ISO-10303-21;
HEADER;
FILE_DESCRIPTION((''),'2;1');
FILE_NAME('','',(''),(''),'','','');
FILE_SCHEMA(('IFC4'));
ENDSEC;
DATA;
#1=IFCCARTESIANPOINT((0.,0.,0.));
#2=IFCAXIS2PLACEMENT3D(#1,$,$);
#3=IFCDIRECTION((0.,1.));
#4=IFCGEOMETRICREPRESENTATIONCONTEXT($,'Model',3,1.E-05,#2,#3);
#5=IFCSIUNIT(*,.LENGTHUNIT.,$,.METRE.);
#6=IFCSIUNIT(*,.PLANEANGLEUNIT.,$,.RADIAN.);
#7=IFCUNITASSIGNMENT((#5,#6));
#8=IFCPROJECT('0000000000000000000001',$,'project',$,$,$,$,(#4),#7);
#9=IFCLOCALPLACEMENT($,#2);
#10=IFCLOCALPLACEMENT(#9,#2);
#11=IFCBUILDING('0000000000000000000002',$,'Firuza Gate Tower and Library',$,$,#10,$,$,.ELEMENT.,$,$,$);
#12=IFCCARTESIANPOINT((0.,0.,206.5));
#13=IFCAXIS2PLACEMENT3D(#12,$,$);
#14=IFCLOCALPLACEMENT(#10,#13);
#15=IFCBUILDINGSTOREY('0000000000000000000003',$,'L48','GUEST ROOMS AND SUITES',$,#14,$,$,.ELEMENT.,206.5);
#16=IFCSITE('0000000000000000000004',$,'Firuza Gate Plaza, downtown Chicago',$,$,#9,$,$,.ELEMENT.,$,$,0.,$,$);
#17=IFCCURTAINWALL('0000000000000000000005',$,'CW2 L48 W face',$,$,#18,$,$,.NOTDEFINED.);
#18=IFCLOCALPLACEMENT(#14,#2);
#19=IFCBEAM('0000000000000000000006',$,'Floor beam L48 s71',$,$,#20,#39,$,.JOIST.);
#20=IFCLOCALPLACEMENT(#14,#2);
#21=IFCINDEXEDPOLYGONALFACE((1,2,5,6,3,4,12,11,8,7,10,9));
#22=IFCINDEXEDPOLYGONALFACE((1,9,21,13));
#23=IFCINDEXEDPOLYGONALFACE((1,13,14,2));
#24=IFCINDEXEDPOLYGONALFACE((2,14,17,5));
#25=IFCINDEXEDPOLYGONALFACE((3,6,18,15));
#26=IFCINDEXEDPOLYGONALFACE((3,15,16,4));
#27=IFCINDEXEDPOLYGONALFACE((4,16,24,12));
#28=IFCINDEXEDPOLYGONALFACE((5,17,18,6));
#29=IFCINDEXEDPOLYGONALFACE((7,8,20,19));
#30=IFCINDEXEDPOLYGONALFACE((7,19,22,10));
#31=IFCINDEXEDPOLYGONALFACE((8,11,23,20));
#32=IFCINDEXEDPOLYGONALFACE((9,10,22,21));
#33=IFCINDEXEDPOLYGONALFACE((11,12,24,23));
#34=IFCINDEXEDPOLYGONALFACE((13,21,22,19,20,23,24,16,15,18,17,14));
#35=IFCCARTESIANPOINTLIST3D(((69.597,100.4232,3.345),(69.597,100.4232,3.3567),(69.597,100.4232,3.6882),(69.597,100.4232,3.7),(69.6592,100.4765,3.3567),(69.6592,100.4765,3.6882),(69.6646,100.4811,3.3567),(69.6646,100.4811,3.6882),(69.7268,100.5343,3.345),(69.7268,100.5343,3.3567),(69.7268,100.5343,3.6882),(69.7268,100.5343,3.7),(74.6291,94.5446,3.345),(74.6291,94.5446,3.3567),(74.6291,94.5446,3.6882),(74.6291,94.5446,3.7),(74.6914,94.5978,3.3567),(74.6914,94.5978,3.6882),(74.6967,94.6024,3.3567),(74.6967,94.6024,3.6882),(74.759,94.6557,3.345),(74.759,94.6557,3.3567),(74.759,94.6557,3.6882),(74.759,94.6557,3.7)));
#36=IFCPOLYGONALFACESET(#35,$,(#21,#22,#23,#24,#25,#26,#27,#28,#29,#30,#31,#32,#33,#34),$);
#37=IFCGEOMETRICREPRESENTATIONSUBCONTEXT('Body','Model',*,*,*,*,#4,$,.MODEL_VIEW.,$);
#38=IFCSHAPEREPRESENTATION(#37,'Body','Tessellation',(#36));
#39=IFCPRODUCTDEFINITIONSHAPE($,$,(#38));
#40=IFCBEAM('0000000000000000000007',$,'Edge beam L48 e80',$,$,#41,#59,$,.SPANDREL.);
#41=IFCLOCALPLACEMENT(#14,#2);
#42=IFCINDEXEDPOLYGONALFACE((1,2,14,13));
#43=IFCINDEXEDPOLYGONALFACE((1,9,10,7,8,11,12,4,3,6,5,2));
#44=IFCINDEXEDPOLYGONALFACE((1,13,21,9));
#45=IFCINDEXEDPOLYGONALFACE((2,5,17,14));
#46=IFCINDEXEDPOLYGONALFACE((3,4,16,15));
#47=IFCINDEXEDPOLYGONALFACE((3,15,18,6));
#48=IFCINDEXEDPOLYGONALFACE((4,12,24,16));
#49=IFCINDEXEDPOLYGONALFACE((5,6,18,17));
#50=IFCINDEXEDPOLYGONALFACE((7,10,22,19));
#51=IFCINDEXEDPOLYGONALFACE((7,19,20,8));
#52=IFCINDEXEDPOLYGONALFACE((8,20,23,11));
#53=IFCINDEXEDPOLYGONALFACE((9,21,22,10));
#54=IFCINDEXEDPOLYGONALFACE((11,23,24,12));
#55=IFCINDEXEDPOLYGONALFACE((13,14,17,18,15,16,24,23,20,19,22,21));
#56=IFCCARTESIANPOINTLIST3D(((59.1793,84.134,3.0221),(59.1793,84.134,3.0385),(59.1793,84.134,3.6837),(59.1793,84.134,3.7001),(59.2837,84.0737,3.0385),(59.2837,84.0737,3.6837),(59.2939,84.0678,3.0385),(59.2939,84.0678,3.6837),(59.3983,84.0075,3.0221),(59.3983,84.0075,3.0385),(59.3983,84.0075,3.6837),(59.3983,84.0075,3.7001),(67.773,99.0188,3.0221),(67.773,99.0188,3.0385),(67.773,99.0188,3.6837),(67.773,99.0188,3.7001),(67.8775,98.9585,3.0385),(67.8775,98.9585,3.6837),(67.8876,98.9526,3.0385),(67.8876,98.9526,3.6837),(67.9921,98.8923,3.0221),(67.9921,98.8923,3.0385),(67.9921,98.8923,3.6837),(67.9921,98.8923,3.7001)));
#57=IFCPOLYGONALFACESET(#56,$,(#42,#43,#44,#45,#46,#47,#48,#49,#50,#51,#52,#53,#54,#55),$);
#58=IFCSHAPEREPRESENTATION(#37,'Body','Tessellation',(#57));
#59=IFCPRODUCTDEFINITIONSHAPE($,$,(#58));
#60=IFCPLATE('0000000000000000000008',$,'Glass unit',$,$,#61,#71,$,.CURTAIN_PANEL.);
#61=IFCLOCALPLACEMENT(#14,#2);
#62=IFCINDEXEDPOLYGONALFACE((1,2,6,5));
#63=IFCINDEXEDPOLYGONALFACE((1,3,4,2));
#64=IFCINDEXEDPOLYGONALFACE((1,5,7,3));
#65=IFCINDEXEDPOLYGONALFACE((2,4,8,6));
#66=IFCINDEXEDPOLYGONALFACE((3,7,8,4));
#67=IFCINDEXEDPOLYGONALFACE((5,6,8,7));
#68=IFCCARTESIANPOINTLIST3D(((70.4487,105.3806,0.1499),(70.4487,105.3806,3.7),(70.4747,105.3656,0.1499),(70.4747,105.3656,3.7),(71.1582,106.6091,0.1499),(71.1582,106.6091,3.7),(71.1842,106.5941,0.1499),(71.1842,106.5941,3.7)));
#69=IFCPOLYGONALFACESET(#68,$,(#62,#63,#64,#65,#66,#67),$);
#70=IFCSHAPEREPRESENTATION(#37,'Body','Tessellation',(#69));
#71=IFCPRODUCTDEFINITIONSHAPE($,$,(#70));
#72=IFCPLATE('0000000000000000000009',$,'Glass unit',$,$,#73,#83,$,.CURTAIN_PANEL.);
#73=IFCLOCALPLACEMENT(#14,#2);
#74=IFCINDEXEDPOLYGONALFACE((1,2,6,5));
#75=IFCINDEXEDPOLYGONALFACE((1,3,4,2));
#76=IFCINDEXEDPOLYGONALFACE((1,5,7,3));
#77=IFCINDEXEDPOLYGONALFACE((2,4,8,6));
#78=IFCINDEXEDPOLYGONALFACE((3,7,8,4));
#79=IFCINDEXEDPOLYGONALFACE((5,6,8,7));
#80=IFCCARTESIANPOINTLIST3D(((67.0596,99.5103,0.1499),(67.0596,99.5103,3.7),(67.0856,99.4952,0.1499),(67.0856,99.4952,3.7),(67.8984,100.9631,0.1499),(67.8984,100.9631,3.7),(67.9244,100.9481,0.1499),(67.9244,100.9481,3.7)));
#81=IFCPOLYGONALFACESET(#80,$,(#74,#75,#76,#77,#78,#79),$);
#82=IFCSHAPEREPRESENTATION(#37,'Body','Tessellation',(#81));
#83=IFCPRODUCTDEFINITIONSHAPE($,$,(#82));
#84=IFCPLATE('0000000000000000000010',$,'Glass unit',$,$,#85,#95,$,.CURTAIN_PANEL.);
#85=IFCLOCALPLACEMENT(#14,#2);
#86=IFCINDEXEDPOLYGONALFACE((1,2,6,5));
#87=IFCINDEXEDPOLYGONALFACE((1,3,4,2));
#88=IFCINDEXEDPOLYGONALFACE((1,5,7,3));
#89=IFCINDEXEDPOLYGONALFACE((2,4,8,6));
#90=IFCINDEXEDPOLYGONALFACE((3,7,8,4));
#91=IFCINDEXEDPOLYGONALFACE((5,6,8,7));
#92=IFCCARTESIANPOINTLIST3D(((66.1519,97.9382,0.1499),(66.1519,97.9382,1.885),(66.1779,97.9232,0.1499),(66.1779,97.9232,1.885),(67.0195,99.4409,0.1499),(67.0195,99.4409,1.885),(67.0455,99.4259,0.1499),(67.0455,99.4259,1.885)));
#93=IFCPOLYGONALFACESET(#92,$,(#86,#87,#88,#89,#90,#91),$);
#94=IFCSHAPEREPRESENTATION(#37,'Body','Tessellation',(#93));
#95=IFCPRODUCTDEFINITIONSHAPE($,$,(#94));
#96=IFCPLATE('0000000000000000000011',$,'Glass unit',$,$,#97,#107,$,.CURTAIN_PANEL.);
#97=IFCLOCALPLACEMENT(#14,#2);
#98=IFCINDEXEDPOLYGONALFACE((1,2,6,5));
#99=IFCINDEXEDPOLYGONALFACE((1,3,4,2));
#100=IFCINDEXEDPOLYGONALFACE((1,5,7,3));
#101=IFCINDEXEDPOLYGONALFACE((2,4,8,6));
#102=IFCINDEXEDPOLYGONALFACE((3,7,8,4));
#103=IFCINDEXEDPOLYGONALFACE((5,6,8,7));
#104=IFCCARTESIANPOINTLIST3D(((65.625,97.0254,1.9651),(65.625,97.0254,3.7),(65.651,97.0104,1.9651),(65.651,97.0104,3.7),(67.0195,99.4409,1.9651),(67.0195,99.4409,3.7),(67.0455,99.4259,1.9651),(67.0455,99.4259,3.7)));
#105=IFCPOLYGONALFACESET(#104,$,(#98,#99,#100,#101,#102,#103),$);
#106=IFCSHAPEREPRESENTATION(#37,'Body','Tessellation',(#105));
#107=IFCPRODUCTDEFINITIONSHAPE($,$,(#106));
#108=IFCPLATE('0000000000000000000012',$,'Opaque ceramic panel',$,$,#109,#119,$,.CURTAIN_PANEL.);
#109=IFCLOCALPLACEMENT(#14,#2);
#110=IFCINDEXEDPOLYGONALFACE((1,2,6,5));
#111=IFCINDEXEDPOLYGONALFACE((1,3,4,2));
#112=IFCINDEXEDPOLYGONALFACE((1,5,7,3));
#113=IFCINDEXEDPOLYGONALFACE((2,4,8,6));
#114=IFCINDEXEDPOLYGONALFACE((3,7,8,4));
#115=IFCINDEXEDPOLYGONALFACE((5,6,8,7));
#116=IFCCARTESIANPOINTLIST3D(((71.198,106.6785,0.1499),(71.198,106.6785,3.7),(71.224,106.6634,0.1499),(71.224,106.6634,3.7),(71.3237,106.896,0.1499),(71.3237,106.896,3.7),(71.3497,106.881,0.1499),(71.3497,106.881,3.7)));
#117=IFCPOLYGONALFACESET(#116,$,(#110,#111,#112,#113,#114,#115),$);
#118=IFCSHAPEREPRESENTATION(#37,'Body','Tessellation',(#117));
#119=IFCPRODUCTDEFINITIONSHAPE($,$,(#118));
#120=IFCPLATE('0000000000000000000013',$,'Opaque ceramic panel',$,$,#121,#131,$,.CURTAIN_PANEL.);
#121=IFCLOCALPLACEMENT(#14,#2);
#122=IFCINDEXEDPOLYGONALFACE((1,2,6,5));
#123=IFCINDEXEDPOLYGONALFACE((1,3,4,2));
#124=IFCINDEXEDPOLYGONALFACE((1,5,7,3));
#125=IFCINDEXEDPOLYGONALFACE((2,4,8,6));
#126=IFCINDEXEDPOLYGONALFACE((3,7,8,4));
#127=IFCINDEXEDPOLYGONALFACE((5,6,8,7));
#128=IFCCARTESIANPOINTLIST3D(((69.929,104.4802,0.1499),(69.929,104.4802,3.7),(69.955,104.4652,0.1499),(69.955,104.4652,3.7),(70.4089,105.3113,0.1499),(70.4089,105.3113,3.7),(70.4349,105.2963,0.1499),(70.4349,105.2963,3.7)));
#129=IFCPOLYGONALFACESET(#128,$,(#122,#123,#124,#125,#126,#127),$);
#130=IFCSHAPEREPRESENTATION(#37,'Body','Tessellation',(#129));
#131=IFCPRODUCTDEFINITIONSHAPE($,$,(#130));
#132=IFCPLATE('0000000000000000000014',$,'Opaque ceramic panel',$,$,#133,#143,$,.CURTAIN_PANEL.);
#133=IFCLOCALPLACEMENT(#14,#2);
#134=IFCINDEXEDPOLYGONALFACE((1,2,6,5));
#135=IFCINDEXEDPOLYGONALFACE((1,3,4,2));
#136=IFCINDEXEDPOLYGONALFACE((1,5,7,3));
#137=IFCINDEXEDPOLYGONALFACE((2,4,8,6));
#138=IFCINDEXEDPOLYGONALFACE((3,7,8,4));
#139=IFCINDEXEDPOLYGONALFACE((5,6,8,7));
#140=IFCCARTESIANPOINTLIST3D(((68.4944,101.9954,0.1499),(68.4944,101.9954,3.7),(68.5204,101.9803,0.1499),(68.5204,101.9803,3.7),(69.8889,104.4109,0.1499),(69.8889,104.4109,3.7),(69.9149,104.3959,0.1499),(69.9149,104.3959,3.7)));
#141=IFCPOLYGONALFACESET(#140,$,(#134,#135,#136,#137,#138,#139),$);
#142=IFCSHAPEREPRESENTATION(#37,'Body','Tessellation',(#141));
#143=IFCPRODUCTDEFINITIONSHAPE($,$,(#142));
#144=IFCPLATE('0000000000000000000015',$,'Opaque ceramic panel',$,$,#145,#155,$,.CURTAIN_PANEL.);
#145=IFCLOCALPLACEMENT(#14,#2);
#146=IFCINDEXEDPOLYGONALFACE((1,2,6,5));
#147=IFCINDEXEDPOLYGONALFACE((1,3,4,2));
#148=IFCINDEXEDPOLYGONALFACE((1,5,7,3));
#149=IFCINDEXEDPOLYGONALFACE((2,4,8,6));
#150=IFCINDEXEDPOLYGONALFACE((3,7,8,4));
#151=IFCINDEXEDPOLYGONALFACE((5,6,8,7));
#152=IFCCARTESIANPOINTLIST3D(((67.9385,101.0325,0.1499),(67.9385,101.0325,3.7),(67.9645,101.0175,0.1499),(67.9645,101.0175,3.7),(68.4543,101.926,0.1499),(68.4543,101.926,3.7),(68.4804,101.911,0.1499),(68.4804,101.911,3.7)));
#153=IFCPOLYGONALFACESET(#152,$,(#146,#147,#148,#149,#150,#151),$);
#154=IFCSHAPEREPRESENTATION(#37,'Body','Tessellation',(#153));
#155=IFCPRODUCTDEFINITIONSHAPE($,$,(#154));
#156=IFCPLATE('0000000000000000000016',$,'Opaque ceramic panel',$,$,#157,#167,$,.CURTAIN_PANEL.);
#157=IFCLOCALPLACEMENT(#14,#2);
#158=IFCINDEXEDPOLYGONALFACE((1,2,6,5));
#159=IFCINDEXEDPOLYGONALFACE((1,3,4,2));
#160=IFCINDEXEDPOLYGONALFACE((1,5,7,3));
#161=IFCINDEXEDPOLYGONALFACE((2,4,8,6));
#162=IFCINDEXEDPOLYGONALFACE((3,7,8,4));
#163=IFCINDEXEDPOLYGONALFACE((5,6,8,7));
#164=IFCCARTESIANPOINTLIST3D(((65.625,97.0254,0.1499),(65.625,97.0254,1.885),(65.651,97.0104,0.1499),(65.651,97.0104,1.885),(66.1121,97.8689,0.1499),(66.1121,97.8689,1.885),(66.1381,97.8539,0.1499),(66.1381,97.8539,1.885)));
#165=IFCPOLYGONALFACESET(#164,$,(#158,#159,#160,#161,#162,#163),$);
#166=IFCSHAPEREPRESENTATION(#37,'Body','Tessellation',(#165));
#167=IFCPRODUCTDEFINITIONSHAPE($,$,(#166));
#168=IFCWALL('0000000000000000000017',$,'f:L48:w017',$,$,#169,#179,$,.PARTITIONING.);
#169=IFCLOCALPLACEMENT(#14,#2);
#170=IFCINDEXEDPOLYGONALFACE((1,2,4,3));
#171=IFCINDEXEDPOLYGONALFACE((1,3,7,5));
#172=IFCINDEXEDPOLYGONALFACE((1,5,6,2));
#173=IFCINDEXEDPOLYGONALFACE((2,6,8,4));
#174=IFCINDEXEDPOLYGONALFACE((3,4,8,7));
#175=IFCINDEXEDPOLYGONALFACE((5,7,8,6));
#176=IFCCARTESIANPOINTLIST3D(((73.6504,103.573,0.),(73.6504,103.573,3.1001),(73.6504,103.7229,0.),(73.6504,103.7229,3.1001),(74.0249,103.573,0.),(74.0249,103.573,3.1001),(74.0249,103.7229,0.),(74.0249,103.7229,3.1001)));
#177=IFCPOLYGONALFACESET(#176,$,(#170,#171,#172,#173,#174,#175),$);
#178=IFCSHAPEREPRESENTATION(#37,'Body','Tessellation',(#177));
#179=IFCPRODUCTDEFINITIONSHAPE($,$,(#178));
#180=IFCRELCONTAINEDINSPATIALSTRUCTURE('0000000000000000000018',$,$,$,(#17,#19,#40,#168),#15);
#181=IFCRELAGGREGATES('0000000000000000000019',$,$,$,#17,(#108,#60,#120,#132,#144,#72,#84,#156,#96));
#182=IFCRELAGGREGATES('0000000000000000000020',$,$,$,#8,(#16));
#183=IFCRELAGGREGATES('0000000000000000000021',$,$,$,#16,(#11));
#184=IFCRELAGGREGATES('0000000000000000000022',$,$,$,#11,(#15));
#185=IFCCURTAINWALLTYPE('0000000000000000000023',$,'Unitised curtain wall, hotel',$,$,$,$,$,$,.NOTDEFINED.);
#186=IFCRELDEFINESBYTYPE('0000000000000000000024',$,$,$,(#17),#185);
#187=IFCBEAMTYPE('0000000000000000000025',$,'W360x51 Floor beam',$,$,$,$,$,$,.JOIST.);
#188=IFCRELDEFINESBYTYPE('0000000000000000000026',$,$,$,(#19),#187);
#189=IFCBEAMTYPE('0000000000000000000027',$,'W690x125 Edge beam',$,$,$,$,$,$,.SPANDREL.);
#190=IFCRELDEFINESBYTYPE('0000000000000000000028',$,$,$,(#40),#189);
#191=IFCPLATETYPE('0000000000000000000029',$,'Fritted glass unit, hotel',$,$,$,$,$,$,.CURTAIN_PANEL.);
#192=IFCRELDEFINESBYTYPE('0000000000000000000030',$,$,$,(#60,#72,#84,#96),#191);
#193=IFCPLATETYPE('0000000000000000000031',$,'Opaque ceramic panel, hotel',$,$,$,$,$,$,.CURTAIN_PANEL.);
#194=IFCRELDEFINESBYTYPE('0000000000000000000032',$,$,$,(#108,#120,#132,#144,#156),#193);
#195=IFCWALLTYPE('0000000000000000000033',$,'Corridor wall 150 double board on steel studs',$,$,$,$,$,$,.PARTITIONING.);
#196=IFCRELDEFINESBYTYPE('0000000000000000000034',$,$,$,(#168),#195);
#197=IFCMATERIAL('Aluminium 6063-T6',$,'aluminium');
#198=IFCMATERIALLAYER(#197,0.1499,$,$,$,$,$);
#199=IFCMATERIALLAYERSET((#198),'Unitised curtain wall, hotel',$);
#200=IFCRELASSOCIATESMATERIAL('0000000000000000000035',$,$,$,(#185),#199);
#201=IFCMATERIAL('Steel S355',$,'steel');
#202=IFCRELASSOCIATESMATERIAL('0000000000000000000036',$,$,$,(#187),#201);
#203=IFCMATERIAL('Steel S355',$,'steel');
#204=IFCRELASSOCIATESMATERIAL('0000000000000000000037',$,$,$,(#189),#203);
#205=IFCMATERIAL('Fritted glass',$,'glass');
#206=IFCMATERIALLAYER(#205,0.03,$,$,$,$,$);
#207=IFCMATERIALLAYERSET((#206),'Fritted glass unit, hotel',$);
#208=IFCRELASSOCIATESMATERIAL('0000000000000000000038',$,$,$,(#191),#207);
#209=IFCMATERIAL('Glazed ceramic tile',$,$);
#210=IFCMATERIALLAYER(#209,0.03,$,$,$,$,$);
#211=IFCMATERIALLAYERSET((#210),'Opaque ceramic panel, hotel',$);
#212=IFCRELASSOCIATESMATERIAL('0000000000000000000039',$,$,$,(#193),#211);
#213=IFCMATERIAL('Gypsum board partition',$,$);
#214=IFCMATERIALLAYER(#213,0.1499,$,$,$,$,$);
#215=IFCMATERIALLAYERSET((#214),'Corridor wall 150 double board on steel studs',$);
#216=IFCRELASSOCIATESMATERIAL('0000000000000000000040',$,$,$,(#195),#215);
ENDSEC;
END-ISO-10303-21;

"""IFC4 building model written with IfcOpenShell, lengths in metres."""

from ifc_helpers import new_model, si_unit, direction, frame, frame_2d, origin, origin_2d, place, context, subcontext, project, spatial, polyline, rectangle, i_section, outline, extrude, material, layer, layer_set, material_profile, profile_set, type_object, element, aggregate, save


model = new_model("IFC4")

# Units and contexts
model_context = context("Model", 3, precision=1e-05, world=origin(), true_north=direction((0.0, 1.0)))
body_context = subcontext(model_context, "Body", "Model", "MODEL_VIEW")
ifc_project = project(units=[si_unit("LENGTHUNIT", "METRE"), si_unit("PLANEANGLEUNIT", "RADIAN")], contexts=[model_context])

# Site, building, storey
site_placement = place(None, origin())
site = spatial("IfcSite", under=ifc_project, at=site_placement, Name="Firuza Gate Plaza, downtown Chicago", CompositionType="ELEMENT", RefElevation=0.0)
building_placement = place(site_placement, origin())
building = spatial("IfcBuilding", under=site, at=building_placement, Name="Firuza Gate Tower and Library", CompositionType="ELEMENT")
storey_placement = place(building_placement, frame((0.0, 0.0, 206.5)))
storey = spatial("IfcBuildingStorey", under=building, at=storey_placement, Name="L48", Description="GUEST ROOMS AND SUITES", CompositionType="ELEMENT", Elevation=206.5)

# Curtain wall
ifc_material_1 = material(Name="Aluminium 6063-T6", Category="aluminium")
ifc_layer_1 = layer(ifc_material_1, 0.1499)
ifc_layer_set_1 = layer_set([ifc_layer_1], Name="Unitised curtain wall, hotel")
curtain_wall_type = type_object("IfcCurtainWallType", Name="Unitised curtain wall, hotel", PredefinedType="NOTDEFINED", material=ifc_layer_set_1)
curtain_wall_placement = place(storey_placement, origin())
curtain_wall = element("IfcCurtainWall", 1, at=curtain_wall_placement, inside=storey, type_object=curtain_wall_type, Name="CW2 L48 W face", PredefinedType="NOTDEFINED")

# Beams
ifc_material_2 = material(Name="Steel S355", Category="steel")
ifc_material_profile_1 = material_profile(ifc_material_2, i_section(OverallWidth=0.1709, OverallDepth=0.355, WebThickness=0.0071, FlangeThickness=0.0117, at=origin_2d()))
ifc_profile_set_1 = profile_set([ifc_material_profile_1], Name="Steel S355")
beam_type_1 = type_object("IfcBeamType", Name="W360x51 Floor beam", PredefinedType="JOIST", material=ifc_profile_set_1)
beam_1_placement = place(storey_placement, frame((69.6619, 100.4788, 3.5225), z_axis=(0.650298, -0.75968, 0.0), x_axis=(0.75968, 0.650298, 0.0)))
element("IfcBeam", 2, at=beam_1_placement, inside=storey, type_object=beam_type_1, Name="Floor beam L48 s71", PredefinedType="JOIST", context=body_context, shape_type="SweptSolid", body=[
    extrude(i_section(OverallWidth=0.1709, OverallDepth=0.355, WebThickness=0.0071, FlangeThickness=0.0117, at=origin_2d()), origin(), (0.0, 0.0, 1.0), 7.7383),
])
ifc_material_3 = material(Name="Steel S355", Category="steel")
ifc_material_profile_2 = material_profile(ifc_material_3, i_section(OverallWidth=0.2529, OverallDepth=0.678, WebThickness=0.0117, FlangeThickness=0.0164, at=origin_2d()))
ifc_profile_set_2 = profile_set([ifc_material_profile_2], Name="Steel S355")
beam_type_2 = type_object("IfcBeamType", Name="W690x125 Edge beam", PredefinedType="SPANDREL", material=ifc_profile_set_2)
beam_2_placement = place(storey_placement, frame((67.8826, 98.9556, 3.3611), z_axis=(-0.500001, -0.866025, 0.0), x_axis=(0.866025, -0.500001, 0.0)))
element("IfcBeam", 3, at=beam_2_placement, inside=storey, type_object=beam_type_2, Name="Edge beam L48 e80", PredefinedType="SPANDREL", context=body_context, shape_type="SweptSolid", body=[
    extrude(i_section(OverallWidth=0.2529, OverallDepth=0.678, WebThickness=0.0117, FlangeThickness=0.0164, at=origin_2d()), origin(), (0.0, 0.0, 1.0), 17.1875),
])

# Plates
ifc_material_4 = material(Name="Fritted glass", Category="glass")
ifc_layer_2 = layer(ifc_material_4, 0.03)
ifc_layer_set_2 = layer_set([ifc_layer_2], Name="Fritted glass unit, hotel")
plate_type_1 = type_object("IfcPlateType", Name="Fritted glass unit, hotel", PredefinedType="CURTAIN_PANEL", material=ifc_layer_set_2)
plate_1_placement = place(storey_placement, frame((71.1582, 106.6091, 0.1499), z_axis=(-0.865968, 0.5001, 0.0), x_axis=(-0.5001, -0.865968, 0.0)))
plate_1 = element("IfcPlate", 4, at=plate_1_placement, type_object=plate_type_1, Name="Glass unit", PredefinedType="CURTAIN_PANEL", context=body_context, shape_type="SweptSolid", body=[
    extrude(outline(polyline([(0.0, 0.0), (1.4187, 0.0), (1.4187, 3.55), (0.0, 3.55), (0.0, 0.0)])), origin(), (0.0, 0.0, -1.0), 0.03),
])
plate_2_placement = place(storey_placement, frame((67.8984, 100.9631, 0.1499), z_axis=(-0.866014, 0.500021, 0.0), x_axis=(-0.500021, -0.866014, 0.0)))
plate_2 = element("IfcPlate", 5, at=plate_2_placement, type_object=plate_type_1, Name="Glass unit", PredefinedType="CURTAIN_PANEL", context=body_context, shape_type="SweptSolid", body=[
    extrude(outline(polyline([(0.0, 0.0), (1.6777, 0.0), (1.6777, 3.55), (0.0, 3.55), (0.0, 0.0)])), origin(), (0.0, 0.0, -1.0), 0.03),
])
plate_3_placement = place(storey_placement, frame((67.0195, 99.4409, 0.1499), z_axis=(-0.866, 0.500043, 0.0), x_axis=(-0.500043, -0.866, 0.0)))
plate_3 = element("IfcPlate", 6, at=plate_3_placement, type_object=plate_type_1, Name="Glass unit", PredefinedType="CURTAIN_PANEL", context=body_context, shape_type="SweptSolid", body=[
    extrude(outline(polyline([(0.0, 0.0), (1.7352, 0.0), (1.7352, 1.7351), (0.0, 1.7351), (0.0, 0.0)])), origin(), (0.0, 0.0, -1.0), 0.03),
])
plate_4_placement = place(storey_placement, frame((67.0195, 99.4409, 1.9651), z_axis=(-0.866037, 0.49998, 0.0), x_axis=(-0.49998, -0.866037, 0.0)))
plate_4 = element("IfcPlate", 7, at=plate_4_placement, type_object=plate_type_1, Name="Glass unit", PredefinedType="CURTAIN_PANEL", context=body_context, shape_type="SweptSolid", body=[
    extrude(outline(polyline([(0.0, 0.0), (2.7892, 0.0), (2.7892, 1.7349), (0.0, 1.7349), (0.0, 0.0)])), origin(), (0.0, 0.0, -1.0), 0.03),
])
ifc_material_5 = material(Name="Glazed ceramic tile")
ifc_layer_3 = layer(ifc_material_5, 0.03)
ifc_layer_set_3 = layer_set([ifc_layer_3], Name="Opaque ceramic panel, hotel")
plate_type_2 = type_object("IfcPlateType", Name="Opaque ceramic panel, hotel", PredefinedType="CURTAIN_PANEL", material=ifc_layer_set_3)
plate_5_placement = place(storey_placement, frame((71.3237, 106.896, 0.1499), z_axis=(-0.865781, 0.500423, 0.0), x_axis=(-0.500423, -0.865781, 0.0)))
plate_5 = element("IfcPlate", 8, at=plate_5_placement, type_object=plate_type_2, Name="Opaque ceramic panel", PredefinedType="CURTAIN_PANEL", context=body_context, shape_type="SweptSolid", body=[
    extrude(outline(polyline([(0.0, 0.0), (0.2513, 0.0), (0.2513, 3.55), (0.0, 3.55), (0.0, 0.0)])), origin(), (0.0, 0.0, -1.0), 0.03),
])
plate_6_placement = place(storey_placement, frame((70.4089, 105.3113, 0.1499), z_axis=(-0.865948, 0.500133, 0.0), x_axis=(-0.500133, -0.865948, 0.0)))
plate_6 = element("IfcPlate", 9, at=plate_6_placement, type_object=plate_type_2, Name="Opaque ceramic panel", PredefinedType="CURTAIN_PANEL", context=body_context, shape_type="SweptSolid", body=[
    extrude(outline(polyline([(0.0, 0.0), (0.9597, 0.0), (0.9597, 3.55), (0.0, 3.55), (0.0, 0.0)])), origin(), (0.0, 0.0, -1.0), 0.03),
])
plate_7_placement = place(storey_placement, frame((69.8889, 104.4109, 0.1499), z_axis=(-0.866037, 0.49998, 0.0), x_axis=(-0.49998, -0.866037, 0.0)))
plate_7 = element("IfcPlate", 10, at=plate_7_placement, type_object=plate_type_2, Name="Opaque ceramic panel", PredefinedType="CURTAIN_PANEL", context=body_context, shape_type="SweptSolid", body=[
    extrude(outline(polyline([(0.0, 0.0), (2.7892, 0.0), (2.7892, 3.55), (0.0, 3.55), (0.0, 0.0)])), origin(), (0.0, 0.0, -1.0), 0.03),
])
plate_8_placement = place(storey_placement, frame((68.4543, 101.926, 0.1499), z_axis=(-0.866036, 0.499982, 0.0), x_axis=(-0.499982, -0.866036, 0.0)))
plate_8 = element("IfcPlate", 11, at=plate_8_placement, type_object=plate_type_2, Name="Opaque ceramic panel", PredefinedType="CURTAIN_PANEL", context=body_context, shape_type="SweptSolid", body=[
    extrude(outline(polyline([(0.0, 0.0), (1.0318, 0.0), (1.0318, 3.55), (0.0, 3.55), (0.0, 0.0)])), origin(), (0.0, 0.0, -1.0), 0.03),
])
plate_9_placement = place(storey_placement, frame((66.1121, 97.8689, 0.1499), z_axis=(-0.865998, 0.500048, 0.0), x_axis=(-0.500048, -0.865998, 0.0)))
plate_9 = element("IfcPlate", 12, at=plate_9_placement, type_object=plate_type_2, Name="Opaque ceramic panel", PredefinedType="CURTAIN_PANEL", context=body_context, shape_type="SweptSolid", body=[
    extrude(outline(polyline([(0.0, 0.0), (0.974, 0.0), (0.974, 1.7351), (0.0, 1.7351), (0.0, 0.0)])), origin(), (0.0, 0.0, -1.0), 0.03),
])
aggregate(curtain_wall, [plate_5, plate_1, plate_6, plate_7, plate_8, plate_2, plate_3, plate_9, plate_4])

# Wall
ifc_material_6 = material(Name="Gypsum board partition")
ifc_layer_4 = layer(ifc_material_6, 0.1499)
ifc_layer_set_4 = layer_set([ifc_layer_4], Name="Corridor wall 150 double board on steel studs")
wall_type_1 = type_object("IfcWallType", Name="Corridor wall 150 double board on steel studs", PredefinedType="PARTITIONING", material=ifc_layer_set_4)
wall_1_placement = place(storey_placement, frame((73.6504, 103.6479, 0.0), z_axis=(0.0, 0.0, 1.0), x_axis=(1.0, 0.0, 0.0)))
element("IfcWall", 13, at=wall_1_placement, inside=storey, type_object=wall_type_1, Name="f:L48:w017", PredefinedType="PARTITIONING", context=body_context, shape_type="SweptSolid", body=[
    extrude(rectangle(XDim=0.3745, YDim=0.1499, at=frame_2d((0.1873, 0.0))), origin(), (0.0, 0.0, 1.0), 3.1001),
])

save(model, "model.ifc")
